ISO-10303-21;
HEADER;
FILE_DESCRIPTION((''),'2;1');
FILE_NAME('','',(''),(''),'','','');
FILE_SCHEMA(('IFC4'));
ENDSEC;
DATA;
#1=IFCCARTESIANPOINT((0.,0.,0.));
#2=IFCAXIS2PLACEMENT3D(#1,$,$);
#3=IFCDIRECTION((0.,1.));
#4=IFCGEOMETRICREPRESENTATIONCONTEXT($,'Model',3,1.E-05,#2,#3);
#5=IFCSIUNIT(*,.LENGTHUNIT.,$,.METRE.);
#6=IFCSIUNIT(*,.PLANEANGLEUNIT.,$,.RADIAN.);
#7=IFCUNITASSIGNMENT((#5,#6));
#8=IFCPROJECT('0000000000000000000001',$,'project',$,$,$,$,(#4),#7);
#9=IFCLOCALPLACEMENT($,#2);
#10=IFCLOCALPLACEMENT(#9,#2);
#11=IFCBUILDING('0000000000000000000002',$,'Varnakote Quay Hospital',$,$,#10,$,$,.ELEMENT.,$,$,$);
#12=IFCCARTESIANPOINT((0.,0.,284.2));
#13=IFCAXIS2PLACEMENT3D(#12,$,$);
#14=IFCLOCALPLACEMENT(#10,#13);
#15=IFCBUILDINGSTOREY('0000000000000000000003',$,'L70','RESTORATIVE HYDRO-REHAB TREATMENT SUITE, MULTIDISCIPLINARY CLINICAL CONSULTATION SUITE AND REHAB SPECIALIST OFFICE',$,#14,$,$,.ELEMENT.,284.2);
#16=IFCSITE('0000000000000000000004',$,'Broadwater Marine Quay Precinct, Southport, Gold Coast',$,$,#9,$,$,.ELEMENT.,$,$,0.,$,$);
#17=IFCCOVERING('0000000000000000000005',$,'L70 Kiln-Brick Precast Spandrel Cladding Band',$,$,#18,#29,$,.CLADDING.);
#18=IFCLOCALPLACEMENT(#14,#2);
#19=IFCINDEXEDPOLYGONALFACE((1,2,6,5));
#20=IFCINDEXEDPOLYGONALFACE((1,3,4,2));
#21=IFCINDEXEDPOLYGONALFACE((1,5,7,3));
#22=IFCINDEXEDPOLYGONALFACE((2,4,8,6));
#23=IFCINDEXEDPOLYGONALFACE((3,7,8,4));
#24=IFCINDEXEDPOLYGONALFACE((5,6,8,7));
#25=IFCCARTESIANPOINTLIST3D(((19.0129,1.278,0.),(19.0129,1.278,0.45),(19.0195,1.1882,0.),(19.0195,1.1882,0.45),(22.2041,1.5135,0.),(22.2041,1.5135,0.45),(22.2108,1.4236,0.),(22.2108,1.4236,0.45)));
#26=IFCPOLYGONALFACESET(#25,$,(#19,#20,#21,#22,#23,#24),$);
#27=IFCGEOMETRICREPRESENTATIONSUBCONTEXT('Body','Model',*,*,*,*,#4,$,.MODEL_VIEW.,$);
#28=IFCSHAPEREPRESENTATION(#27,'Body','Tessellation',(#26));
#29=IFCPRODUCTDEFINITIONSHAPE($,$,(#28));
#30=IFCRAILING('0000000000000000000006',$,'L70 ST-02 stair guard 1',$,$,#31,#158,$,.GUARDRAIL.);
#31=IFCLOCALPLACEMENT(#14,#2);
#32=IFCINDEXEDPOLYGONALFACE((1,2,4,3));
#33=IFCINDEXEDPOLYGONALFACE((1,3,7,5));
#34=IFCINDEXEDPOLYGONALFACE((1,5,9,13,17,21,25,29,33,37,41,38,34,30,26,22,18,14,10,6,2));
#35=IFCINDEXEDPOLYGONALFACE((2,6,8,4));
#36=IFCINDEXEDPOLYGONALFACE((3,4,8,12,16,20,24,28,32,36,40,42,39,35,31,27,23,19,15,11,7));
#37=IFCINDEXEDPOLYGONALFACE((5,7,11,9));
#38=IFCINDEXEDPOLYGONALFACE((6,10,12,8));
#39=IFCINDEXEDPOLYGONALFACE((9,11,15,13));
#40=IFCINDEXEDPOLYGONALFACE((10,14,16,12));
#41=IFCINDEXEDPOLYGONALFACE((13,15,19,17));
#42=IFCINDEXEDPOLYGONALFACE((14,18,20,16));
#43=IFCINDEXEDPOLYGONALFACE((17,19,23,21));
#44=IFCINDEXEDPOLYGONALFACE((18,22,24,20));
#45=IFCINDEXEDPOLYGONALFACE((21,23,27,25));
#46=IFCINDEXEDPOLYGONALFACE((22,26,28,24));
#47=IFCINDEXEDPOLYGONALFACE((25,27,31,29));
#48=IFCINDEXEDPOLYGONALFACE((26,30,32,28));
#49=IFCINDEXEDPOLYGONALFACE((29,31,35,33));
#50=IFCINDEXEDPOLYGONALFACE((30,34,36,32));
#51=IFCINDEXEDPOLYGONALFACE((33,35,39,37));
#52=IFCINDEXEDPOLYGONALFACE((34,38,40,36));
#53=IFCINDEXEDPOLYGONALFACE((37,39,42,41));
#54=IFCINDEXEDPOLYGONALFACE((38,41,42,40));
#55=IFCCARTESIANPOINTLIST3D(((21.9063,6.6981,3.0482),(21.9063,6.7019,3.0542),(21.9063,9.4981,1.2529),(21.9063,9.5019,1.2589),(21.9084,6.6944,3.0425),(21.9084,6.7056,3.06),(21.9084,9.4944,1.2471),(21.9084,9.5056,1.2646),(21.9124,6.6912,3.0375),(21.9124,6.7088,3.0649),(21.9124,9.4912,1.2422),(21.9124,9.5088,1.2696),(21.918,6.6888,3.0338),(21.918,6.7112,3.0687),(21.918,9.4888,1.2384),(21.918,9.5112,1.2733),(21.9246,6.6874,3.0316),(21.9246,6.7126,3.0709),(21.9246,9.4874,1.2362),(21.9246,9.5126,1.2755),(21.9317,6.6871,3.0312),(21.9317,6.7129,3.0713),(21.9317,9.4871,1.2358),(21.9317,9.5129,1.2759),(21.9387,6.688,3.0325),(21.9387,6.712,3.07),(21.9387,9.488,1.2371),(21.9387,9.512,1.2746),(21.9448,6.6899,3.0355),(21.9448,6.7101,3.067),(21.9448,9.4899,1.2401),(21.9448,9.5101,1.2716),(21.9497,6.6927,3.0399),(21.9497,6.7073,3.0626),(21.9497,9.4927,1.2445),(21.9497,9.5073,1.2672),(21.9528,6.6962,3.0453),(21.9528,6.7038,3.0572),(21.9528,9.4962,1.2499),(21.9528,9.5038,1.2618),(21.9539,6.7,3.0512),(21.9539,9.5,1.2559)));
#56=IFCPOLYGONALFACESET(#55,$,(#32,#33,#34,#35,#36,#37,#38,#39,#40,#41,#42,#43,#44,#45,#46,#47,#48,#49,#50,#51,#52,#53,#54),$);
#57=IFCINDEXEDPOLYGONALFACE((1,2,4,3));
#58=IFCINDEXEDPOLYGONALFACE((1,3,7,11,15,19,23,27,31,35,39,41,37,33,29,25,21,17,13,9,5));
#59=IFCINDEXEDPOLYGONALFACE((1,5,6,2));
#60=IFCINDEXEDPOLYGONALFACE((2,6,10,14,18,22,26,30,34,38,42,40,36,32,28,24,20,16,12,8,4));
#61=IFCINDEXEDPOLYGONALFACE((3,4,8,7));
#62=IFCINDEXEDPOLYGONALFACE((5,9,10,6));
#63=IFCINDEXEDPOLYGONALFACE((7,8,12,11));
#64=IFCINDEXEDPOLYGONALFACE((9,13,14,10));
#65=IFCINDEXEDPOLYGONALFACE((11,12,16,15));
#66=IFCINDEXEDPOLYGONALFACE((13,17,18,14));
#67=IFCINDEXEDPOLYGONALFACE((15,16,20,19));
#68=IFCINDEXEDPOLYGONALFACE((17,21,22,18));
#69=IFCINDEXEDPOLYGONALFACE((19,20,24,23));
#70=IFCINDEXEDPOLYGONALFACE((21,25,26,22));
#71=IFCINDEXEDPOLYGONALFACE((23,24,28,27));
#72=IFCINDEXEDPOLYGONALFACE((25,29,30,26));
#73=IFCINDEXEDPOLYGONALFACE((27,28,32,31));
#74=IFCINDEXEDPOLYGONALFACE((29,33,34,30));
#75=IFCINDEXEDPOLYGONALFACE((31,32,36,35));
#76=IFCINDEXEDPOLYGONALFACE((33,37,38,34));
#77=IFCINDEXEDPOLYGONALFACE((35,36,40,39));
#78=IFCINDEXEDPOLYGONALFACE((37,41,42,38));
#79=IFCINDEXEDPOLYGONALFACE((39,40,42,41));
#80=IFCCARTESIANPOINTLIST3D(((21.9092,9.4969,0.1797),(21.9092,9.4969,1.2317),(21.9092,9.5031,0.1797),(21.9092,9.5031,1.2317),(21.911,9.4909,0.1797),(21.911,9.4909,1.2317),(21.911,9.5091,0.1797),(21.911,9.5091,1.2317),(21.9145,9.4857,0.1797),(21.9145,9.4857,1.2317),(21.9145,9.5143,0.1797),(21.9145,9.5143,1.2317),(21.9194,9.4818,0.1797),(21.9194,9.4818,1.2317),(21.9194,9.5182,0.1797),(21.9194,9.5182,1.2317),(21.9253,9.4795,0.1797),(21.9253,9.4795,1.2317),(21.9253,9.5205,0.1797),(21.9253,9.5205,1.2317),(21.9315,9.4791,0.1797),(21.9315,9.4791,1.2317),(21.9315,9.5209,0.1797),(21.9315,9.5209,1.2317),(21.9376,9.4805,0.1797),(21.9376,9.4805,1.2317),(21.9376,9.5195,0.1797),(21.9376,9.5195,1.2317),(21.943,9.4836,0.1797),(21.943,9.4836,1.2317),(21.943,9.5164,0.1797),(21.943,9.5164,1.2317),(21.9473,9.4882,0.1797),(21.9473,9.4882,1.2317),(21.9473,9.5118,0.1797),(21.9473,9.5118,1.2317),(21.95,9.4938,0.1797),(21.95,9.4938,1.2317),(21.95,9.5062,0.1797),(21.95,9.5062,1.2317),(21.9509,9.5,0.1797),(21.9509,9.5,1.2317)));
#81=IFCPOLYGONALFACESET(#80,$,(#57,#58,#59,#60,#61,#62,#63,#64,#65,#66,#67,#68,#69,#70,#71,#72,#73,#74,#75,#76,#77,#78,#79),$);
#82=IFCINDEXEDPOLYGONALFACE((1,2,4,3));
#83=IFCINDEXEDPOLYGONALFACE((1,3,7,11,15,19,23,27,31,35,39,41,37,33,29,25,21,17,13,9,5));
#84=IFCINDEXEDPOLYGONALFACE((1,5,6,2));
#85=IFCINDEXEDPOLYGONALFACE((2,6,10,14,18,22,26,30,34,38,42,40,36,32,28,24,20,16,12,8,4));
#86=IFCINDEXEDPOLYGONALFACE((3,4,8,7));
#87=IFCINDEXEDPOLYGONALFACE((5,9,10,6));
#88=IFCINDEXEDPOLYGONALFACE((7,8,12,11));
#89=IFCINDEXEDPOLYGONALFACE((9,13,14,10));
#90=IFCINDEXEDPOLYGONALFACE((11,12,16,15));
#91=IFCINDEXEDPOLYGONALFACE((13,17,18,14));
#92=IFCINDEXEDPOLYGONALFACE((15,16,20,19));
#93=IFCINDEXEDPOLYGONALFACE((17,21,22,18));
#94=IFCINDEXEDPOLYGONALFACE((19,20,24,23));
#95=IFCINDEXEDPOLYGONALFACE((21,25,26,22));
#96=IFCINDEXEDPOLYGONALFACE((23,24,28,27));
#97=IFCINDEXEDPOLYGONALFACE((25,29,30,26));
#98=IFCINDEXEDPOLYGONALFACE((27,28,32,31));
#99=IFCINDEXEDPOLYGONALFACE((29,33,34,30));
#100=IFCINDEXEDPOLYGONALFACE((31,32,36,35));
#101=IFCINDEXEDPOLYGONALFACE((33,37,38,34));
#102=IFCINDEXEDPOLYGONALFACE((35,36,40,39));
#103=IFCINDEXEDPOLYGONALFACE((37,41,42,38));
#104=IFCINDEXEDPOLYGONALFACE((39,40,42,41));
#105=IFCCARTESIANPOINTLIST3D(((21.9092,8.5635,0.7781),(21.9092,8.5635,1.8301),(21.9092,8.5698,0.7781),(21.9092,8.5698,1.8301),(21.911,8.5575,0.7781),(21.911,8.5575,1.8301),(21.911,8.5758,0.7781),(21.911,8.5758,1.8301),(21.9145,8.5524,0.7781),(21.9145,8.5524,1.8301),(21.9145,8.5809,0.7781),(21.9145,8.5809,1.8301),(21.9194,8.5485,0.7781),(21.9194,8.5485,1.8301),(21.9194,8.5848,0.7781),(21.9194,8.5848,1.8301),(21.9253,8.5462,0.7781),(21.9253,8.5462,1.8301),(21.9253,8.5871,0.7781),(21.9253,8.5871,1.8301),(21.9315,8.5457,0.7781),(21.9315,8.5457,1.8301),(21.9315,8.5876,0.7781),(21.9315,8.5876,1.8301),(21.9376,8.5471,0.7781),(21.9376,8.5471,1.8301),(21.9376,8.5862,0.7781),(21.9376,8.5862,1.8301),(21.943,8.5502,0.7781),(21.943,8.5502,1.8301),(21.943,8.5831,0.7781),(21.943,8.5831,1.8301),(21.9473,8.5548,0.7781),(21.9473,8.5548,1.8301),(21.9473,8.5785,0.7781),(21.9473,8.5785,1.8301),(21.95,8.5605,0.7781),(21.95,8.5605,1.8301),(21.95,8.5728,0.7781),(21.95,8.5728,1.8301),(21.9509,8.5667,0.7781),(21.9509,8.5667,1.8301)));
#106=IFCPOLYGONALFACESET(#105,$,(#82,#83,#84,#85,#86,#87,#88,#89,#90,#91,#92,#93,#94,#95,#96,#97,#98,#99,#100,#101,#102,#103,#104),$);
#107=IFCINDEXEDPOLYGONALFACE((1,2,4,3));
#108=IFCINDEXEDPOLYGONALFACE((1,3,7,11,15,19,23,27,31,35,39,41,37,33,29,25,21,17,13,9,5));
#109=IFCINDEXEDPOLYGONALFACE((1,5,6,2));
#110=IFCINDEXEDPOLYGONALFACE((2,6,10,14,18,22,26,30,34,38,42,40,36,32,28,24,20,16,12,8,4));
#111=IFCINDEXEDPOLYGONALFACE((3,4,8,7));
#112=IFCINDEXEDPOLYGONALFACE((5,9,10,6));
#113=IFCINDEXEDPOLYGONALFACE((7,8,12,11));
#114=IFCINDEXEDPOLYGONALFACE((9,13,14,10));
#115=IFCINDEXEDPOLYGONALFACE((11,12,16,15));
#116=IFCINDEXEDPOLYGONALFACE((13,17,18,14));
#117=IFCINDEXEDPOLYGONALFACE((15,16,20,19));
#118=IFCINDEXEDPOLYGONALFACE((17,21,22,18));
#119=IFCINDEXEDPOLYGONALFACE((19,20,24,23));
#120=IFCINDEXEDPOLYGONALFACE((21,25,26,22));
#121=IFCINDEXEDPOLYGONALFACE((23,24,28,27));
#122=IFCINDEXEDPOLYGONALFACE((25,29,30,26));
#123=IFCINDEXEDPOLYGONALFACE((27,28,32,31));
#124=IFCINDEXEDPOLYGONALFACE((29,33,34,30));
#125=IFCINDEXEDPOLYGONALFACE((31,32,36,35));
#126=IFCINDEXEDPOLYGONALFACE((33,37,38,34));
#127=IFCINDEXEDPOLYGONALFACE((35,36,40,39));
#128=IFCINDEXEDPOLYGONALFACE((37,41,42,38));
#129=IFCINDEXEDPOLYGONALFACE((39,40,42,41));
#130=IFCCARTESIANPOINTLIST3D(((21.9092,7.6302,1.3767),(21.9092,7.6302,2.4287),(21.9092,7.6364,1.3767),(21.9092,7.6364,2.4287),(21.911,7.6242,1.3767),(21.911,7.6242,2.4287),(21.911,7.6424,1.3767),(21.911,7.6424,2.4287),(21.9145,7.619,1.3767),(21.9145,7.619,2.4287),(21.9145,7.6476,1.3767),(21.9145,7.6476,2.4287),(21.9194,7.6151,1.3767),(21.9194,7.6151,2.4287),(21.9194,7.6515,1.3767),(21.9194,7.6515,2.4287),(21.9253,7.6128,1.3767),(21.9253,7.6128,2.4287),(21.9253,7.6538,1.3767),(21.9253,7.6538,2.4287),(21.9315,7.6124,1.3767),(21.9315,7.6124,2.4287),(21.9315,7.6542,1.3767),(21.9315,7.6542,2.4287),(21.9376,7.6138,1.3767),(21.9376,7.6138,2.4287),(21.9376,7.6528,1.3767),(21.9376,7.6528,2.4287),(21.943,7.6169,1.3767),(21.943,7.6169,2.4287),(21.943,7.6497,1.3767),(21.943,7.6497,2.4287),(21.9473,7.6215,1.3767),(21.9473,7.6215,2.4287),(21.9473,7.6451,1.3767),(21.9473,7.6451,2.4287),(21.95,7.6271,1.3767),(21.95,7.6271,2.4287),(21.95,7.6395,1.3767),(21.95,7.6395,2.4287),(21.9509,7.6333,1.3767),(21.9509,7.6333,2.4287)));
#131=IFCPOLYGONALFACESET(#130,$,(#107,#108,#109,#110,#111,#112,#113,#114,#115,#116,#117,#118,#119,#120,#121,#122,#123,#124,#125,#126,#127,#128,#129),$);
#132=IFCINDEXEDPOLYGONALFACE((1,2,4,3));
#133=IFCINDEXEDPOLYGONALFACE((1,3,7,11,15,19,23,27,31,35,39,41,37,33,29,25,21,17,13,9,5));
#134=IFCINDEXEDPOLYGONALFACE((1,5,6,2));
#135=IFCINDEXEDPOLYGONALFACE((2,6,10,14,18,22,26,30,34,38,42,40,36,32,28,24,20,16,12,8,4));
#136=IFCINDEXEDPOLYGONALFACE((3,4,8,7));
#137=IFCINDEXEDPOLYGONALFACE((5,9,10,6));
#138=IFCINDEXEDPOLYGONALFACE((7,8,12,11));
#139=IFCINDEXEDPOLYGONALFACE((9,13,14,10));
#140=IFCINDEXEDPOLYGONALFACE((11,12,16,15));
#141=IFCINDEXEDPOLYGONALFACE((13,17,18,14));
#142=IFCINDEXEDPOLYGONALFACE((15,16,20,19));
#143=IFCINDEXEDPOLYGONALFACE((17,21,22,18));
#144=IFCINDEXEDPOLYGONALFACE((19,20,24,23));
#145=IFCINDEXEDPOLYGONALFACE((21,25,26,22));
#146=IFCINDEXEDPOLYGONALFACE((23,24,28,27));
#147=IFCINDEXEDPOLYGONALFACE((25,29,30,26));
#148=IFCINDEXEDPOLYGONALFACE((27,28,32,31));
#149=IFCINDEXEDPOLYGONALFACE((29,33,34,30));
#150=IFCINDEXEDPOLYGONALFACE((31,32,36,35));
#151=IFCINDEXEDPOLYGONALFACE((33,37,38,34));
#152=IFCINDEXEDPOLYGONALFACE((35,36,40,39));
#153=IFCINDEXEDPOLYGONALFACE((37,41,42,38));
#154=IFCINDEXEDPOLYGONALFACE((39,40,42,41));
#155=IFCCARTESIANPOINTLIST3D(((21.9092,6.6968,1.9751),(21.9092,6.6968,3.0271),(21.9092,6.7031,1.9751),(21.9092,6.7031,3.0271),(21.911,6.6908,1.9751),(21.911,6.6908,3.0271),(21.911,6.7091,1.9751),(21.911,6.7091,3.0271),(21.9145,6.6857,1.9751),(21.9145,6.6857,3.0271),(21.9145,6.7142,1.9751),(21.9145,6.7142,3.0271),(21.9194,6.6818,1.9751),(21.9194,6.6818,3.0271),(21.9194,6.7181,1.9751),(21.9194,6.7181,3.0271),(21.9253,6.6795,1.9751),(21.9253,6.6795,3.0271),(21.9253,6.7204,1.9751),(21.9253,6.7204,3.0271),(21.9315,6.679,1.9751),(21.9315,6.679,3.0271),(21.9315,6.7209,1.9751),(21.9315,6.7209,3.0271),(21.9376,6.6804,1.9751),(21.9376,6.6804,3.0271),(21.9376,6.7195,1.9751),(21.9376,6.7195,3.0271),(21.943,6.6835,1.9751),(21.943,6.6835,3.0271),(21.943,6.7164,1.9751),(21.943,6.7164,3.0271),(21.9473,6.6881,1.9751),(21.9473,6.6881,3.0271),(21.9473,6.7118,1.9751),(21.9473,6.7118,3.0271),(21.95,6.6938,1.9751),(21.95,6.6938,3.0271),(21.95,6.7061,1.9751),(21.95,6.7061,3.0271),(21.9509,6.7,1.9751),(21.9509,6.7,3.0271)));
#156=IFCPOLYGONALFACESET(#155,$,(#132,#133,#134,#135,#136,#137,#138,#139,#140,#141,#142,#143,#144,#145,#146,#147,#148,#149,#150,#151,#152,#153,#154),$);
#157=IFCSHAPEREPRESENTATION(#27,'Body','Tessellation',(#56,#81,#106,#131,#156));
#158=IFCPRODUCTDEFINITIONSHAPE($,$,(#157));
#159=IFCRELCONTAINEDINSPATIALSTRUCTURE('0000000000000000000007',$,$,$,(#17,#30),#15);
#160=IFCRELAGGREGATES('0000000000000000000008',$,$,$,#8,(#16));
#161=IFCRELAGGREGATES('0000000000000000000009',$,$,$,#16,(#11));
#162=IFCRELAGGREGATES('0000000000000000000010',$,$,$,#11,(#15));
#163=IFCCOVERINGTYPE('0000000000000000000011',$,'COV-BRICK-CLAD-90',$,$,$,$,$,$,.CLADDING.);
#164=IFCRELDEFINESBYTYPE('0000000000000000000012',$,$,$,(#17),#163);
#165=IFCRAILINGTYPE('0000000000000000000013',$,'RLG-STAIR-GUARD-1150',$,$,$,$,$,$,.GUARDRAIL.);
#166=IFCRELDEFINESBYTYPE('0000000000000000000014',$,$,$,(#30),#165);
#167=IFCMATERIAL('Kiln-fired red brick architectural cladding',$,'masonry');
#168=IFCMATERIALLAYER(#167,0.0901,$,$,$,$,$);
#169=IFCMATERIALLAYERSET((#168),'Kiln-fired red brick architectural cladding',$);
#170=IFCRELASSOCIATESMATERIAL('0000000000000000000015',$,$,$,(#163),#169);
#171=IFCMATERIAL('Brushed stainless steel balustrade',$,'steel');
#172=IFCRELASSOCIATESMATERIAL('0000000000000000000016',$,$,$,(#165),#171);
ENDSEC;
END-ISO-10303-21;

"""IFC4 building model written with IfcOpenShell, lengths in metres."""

from ifc_helpers import new_model, si_unit, direction, frame, origin, origin_2d, place, context, subcontext, project, spatial, rectangle, circle, extrude, material, layer, layer_set, type_object, element, save


model = new_model("IFC4")

# Units and contexts
model_context = context("Model", 3, precision=1e-05, world=origin(), true_north=direction((0.0, 1.0)))
body_context = subcontext(model_context, "Body", "Model", "MODEL_VIEW")
ifc_project = project(units=[si_unit("LENGTHUNIT", "METRE"), si_unit("PLANEANGLEUNIT", "RADIAN")], contexts=[model_context])

# Site, building, storey
site_placement = place(None, origin())
site = spatial("IfcSite", under=ifc_project, at=site_placement, Name="Broadwater Marine Quay Precinct, Southport, Gold Coast", CompositionType="ELEMENT", RefElevation=0.0)
building_placement = place(site_placement, origin())
building = spatial("IfcBuilding", under=site, at=building_placement, Name="Varnakote Quay Hospital", CompositionType="ELEMENT")
storey_placement = place(building_placement, frame((0.0, 0.0, 284.2)))
storey = spatial("IfcBuildingStorey", under=building, at=storey_placement, Name="L70", Description="RESTORATIVE HYDRO-REHAB TREATMENT SUITE, MULTIDISCIPLINARY CLINICAL CONSULTATION SUITE AND REHAB SPECIALIST OFFICE", CompositionType="ELEMENT", Elevation=284.2)

# Covering
ifc_material_1 = material(Name="Kiln-fired red brick architectural cladding", Category="masonry")
ifc_layer_1 = layer(ifc_material_1, 0.0901)
ifc_layer_set_1 = layer_set([ifc_layer_1], Name="Kiln-fired red brick architectural cladding")
covering_type = type_object("IfcCoveringType", Name="COV-BRICK-CLAD-90", PredefinedType="CLADDING", material=ifc_layer_set_1)
covering_placement = place(storey_placement, frame((20.6118, 1.3508, 0.0), z_axis=(0.0, 0.0, 1.0), x_axis=(0.997289, 0.073586, 0.0)))
element("IfcCovering", 1, at=covering_placement, inside=storey, type_object=covering_type, Name="L70 Kiln-Brick Precast Spandrel Cladding Band", PredefinedType="CLADDING", context=body_context, shape_type="SweptSolid", body=[
    extrude(rectangle(XDim=3.2, YDim=0.0901, at=origin_2d()), origin(), (0.0, 0.0, 1.0), 0.45),
])

# Railing
ifc_material_2 = material(Name="Brushed stainless steel balustrade", Category="steel")
railing_type_1 = type_object("IfcRailingType", Name="RLG-STAIR-GUARD-1150", PredefinedType="GUARDRAIL", material=ifc_material_2)
railing_1_placement = place(storey_placement, frame((21.9299, 9.5, 0.1797)))
element("IfcRailing", 2, at=railing_1_placement, inside=storey, type_object=railing_type_1, Name="L70 ST-02 stair guard 1", PredefinedType="GUARDRAIL", context=body_context, shape_type="SweptSolid", body=[
    extrude(circle(Radius=0.0239, at=origin_2d()), frame((0.0, 0.0, 1.0762), z_axis=(0.0, -0.84181, 0.539774), x_axis=(1.0, 0.0, 0.0)), (0.0, 0.0, 1.0), 3.3262),
    extrude(circle(Radius=0.021, at=origin_2d()), origin(), (0.0, 0.0, 1.0), 1.052),
    extrude(circle(Radius=0.021, at=origin_2d()), frame((0.0, -0.9333, 0.5984)), (0.0, 0.0, 1.0), 1.052),
    extrude(circle(Radius=0.021, at=origin_2d()), frame((0.0, -1.8667, 1.197)), (0.0, 0.0, 1.0), 1.052),
    extrude(circle(Radius=0.021, at=origin_2d()), frame((0.0, -2.8, 1.7954)), (0.0, 0.0, 1.0), 1.052),
])

save(model, "model.ifc")
